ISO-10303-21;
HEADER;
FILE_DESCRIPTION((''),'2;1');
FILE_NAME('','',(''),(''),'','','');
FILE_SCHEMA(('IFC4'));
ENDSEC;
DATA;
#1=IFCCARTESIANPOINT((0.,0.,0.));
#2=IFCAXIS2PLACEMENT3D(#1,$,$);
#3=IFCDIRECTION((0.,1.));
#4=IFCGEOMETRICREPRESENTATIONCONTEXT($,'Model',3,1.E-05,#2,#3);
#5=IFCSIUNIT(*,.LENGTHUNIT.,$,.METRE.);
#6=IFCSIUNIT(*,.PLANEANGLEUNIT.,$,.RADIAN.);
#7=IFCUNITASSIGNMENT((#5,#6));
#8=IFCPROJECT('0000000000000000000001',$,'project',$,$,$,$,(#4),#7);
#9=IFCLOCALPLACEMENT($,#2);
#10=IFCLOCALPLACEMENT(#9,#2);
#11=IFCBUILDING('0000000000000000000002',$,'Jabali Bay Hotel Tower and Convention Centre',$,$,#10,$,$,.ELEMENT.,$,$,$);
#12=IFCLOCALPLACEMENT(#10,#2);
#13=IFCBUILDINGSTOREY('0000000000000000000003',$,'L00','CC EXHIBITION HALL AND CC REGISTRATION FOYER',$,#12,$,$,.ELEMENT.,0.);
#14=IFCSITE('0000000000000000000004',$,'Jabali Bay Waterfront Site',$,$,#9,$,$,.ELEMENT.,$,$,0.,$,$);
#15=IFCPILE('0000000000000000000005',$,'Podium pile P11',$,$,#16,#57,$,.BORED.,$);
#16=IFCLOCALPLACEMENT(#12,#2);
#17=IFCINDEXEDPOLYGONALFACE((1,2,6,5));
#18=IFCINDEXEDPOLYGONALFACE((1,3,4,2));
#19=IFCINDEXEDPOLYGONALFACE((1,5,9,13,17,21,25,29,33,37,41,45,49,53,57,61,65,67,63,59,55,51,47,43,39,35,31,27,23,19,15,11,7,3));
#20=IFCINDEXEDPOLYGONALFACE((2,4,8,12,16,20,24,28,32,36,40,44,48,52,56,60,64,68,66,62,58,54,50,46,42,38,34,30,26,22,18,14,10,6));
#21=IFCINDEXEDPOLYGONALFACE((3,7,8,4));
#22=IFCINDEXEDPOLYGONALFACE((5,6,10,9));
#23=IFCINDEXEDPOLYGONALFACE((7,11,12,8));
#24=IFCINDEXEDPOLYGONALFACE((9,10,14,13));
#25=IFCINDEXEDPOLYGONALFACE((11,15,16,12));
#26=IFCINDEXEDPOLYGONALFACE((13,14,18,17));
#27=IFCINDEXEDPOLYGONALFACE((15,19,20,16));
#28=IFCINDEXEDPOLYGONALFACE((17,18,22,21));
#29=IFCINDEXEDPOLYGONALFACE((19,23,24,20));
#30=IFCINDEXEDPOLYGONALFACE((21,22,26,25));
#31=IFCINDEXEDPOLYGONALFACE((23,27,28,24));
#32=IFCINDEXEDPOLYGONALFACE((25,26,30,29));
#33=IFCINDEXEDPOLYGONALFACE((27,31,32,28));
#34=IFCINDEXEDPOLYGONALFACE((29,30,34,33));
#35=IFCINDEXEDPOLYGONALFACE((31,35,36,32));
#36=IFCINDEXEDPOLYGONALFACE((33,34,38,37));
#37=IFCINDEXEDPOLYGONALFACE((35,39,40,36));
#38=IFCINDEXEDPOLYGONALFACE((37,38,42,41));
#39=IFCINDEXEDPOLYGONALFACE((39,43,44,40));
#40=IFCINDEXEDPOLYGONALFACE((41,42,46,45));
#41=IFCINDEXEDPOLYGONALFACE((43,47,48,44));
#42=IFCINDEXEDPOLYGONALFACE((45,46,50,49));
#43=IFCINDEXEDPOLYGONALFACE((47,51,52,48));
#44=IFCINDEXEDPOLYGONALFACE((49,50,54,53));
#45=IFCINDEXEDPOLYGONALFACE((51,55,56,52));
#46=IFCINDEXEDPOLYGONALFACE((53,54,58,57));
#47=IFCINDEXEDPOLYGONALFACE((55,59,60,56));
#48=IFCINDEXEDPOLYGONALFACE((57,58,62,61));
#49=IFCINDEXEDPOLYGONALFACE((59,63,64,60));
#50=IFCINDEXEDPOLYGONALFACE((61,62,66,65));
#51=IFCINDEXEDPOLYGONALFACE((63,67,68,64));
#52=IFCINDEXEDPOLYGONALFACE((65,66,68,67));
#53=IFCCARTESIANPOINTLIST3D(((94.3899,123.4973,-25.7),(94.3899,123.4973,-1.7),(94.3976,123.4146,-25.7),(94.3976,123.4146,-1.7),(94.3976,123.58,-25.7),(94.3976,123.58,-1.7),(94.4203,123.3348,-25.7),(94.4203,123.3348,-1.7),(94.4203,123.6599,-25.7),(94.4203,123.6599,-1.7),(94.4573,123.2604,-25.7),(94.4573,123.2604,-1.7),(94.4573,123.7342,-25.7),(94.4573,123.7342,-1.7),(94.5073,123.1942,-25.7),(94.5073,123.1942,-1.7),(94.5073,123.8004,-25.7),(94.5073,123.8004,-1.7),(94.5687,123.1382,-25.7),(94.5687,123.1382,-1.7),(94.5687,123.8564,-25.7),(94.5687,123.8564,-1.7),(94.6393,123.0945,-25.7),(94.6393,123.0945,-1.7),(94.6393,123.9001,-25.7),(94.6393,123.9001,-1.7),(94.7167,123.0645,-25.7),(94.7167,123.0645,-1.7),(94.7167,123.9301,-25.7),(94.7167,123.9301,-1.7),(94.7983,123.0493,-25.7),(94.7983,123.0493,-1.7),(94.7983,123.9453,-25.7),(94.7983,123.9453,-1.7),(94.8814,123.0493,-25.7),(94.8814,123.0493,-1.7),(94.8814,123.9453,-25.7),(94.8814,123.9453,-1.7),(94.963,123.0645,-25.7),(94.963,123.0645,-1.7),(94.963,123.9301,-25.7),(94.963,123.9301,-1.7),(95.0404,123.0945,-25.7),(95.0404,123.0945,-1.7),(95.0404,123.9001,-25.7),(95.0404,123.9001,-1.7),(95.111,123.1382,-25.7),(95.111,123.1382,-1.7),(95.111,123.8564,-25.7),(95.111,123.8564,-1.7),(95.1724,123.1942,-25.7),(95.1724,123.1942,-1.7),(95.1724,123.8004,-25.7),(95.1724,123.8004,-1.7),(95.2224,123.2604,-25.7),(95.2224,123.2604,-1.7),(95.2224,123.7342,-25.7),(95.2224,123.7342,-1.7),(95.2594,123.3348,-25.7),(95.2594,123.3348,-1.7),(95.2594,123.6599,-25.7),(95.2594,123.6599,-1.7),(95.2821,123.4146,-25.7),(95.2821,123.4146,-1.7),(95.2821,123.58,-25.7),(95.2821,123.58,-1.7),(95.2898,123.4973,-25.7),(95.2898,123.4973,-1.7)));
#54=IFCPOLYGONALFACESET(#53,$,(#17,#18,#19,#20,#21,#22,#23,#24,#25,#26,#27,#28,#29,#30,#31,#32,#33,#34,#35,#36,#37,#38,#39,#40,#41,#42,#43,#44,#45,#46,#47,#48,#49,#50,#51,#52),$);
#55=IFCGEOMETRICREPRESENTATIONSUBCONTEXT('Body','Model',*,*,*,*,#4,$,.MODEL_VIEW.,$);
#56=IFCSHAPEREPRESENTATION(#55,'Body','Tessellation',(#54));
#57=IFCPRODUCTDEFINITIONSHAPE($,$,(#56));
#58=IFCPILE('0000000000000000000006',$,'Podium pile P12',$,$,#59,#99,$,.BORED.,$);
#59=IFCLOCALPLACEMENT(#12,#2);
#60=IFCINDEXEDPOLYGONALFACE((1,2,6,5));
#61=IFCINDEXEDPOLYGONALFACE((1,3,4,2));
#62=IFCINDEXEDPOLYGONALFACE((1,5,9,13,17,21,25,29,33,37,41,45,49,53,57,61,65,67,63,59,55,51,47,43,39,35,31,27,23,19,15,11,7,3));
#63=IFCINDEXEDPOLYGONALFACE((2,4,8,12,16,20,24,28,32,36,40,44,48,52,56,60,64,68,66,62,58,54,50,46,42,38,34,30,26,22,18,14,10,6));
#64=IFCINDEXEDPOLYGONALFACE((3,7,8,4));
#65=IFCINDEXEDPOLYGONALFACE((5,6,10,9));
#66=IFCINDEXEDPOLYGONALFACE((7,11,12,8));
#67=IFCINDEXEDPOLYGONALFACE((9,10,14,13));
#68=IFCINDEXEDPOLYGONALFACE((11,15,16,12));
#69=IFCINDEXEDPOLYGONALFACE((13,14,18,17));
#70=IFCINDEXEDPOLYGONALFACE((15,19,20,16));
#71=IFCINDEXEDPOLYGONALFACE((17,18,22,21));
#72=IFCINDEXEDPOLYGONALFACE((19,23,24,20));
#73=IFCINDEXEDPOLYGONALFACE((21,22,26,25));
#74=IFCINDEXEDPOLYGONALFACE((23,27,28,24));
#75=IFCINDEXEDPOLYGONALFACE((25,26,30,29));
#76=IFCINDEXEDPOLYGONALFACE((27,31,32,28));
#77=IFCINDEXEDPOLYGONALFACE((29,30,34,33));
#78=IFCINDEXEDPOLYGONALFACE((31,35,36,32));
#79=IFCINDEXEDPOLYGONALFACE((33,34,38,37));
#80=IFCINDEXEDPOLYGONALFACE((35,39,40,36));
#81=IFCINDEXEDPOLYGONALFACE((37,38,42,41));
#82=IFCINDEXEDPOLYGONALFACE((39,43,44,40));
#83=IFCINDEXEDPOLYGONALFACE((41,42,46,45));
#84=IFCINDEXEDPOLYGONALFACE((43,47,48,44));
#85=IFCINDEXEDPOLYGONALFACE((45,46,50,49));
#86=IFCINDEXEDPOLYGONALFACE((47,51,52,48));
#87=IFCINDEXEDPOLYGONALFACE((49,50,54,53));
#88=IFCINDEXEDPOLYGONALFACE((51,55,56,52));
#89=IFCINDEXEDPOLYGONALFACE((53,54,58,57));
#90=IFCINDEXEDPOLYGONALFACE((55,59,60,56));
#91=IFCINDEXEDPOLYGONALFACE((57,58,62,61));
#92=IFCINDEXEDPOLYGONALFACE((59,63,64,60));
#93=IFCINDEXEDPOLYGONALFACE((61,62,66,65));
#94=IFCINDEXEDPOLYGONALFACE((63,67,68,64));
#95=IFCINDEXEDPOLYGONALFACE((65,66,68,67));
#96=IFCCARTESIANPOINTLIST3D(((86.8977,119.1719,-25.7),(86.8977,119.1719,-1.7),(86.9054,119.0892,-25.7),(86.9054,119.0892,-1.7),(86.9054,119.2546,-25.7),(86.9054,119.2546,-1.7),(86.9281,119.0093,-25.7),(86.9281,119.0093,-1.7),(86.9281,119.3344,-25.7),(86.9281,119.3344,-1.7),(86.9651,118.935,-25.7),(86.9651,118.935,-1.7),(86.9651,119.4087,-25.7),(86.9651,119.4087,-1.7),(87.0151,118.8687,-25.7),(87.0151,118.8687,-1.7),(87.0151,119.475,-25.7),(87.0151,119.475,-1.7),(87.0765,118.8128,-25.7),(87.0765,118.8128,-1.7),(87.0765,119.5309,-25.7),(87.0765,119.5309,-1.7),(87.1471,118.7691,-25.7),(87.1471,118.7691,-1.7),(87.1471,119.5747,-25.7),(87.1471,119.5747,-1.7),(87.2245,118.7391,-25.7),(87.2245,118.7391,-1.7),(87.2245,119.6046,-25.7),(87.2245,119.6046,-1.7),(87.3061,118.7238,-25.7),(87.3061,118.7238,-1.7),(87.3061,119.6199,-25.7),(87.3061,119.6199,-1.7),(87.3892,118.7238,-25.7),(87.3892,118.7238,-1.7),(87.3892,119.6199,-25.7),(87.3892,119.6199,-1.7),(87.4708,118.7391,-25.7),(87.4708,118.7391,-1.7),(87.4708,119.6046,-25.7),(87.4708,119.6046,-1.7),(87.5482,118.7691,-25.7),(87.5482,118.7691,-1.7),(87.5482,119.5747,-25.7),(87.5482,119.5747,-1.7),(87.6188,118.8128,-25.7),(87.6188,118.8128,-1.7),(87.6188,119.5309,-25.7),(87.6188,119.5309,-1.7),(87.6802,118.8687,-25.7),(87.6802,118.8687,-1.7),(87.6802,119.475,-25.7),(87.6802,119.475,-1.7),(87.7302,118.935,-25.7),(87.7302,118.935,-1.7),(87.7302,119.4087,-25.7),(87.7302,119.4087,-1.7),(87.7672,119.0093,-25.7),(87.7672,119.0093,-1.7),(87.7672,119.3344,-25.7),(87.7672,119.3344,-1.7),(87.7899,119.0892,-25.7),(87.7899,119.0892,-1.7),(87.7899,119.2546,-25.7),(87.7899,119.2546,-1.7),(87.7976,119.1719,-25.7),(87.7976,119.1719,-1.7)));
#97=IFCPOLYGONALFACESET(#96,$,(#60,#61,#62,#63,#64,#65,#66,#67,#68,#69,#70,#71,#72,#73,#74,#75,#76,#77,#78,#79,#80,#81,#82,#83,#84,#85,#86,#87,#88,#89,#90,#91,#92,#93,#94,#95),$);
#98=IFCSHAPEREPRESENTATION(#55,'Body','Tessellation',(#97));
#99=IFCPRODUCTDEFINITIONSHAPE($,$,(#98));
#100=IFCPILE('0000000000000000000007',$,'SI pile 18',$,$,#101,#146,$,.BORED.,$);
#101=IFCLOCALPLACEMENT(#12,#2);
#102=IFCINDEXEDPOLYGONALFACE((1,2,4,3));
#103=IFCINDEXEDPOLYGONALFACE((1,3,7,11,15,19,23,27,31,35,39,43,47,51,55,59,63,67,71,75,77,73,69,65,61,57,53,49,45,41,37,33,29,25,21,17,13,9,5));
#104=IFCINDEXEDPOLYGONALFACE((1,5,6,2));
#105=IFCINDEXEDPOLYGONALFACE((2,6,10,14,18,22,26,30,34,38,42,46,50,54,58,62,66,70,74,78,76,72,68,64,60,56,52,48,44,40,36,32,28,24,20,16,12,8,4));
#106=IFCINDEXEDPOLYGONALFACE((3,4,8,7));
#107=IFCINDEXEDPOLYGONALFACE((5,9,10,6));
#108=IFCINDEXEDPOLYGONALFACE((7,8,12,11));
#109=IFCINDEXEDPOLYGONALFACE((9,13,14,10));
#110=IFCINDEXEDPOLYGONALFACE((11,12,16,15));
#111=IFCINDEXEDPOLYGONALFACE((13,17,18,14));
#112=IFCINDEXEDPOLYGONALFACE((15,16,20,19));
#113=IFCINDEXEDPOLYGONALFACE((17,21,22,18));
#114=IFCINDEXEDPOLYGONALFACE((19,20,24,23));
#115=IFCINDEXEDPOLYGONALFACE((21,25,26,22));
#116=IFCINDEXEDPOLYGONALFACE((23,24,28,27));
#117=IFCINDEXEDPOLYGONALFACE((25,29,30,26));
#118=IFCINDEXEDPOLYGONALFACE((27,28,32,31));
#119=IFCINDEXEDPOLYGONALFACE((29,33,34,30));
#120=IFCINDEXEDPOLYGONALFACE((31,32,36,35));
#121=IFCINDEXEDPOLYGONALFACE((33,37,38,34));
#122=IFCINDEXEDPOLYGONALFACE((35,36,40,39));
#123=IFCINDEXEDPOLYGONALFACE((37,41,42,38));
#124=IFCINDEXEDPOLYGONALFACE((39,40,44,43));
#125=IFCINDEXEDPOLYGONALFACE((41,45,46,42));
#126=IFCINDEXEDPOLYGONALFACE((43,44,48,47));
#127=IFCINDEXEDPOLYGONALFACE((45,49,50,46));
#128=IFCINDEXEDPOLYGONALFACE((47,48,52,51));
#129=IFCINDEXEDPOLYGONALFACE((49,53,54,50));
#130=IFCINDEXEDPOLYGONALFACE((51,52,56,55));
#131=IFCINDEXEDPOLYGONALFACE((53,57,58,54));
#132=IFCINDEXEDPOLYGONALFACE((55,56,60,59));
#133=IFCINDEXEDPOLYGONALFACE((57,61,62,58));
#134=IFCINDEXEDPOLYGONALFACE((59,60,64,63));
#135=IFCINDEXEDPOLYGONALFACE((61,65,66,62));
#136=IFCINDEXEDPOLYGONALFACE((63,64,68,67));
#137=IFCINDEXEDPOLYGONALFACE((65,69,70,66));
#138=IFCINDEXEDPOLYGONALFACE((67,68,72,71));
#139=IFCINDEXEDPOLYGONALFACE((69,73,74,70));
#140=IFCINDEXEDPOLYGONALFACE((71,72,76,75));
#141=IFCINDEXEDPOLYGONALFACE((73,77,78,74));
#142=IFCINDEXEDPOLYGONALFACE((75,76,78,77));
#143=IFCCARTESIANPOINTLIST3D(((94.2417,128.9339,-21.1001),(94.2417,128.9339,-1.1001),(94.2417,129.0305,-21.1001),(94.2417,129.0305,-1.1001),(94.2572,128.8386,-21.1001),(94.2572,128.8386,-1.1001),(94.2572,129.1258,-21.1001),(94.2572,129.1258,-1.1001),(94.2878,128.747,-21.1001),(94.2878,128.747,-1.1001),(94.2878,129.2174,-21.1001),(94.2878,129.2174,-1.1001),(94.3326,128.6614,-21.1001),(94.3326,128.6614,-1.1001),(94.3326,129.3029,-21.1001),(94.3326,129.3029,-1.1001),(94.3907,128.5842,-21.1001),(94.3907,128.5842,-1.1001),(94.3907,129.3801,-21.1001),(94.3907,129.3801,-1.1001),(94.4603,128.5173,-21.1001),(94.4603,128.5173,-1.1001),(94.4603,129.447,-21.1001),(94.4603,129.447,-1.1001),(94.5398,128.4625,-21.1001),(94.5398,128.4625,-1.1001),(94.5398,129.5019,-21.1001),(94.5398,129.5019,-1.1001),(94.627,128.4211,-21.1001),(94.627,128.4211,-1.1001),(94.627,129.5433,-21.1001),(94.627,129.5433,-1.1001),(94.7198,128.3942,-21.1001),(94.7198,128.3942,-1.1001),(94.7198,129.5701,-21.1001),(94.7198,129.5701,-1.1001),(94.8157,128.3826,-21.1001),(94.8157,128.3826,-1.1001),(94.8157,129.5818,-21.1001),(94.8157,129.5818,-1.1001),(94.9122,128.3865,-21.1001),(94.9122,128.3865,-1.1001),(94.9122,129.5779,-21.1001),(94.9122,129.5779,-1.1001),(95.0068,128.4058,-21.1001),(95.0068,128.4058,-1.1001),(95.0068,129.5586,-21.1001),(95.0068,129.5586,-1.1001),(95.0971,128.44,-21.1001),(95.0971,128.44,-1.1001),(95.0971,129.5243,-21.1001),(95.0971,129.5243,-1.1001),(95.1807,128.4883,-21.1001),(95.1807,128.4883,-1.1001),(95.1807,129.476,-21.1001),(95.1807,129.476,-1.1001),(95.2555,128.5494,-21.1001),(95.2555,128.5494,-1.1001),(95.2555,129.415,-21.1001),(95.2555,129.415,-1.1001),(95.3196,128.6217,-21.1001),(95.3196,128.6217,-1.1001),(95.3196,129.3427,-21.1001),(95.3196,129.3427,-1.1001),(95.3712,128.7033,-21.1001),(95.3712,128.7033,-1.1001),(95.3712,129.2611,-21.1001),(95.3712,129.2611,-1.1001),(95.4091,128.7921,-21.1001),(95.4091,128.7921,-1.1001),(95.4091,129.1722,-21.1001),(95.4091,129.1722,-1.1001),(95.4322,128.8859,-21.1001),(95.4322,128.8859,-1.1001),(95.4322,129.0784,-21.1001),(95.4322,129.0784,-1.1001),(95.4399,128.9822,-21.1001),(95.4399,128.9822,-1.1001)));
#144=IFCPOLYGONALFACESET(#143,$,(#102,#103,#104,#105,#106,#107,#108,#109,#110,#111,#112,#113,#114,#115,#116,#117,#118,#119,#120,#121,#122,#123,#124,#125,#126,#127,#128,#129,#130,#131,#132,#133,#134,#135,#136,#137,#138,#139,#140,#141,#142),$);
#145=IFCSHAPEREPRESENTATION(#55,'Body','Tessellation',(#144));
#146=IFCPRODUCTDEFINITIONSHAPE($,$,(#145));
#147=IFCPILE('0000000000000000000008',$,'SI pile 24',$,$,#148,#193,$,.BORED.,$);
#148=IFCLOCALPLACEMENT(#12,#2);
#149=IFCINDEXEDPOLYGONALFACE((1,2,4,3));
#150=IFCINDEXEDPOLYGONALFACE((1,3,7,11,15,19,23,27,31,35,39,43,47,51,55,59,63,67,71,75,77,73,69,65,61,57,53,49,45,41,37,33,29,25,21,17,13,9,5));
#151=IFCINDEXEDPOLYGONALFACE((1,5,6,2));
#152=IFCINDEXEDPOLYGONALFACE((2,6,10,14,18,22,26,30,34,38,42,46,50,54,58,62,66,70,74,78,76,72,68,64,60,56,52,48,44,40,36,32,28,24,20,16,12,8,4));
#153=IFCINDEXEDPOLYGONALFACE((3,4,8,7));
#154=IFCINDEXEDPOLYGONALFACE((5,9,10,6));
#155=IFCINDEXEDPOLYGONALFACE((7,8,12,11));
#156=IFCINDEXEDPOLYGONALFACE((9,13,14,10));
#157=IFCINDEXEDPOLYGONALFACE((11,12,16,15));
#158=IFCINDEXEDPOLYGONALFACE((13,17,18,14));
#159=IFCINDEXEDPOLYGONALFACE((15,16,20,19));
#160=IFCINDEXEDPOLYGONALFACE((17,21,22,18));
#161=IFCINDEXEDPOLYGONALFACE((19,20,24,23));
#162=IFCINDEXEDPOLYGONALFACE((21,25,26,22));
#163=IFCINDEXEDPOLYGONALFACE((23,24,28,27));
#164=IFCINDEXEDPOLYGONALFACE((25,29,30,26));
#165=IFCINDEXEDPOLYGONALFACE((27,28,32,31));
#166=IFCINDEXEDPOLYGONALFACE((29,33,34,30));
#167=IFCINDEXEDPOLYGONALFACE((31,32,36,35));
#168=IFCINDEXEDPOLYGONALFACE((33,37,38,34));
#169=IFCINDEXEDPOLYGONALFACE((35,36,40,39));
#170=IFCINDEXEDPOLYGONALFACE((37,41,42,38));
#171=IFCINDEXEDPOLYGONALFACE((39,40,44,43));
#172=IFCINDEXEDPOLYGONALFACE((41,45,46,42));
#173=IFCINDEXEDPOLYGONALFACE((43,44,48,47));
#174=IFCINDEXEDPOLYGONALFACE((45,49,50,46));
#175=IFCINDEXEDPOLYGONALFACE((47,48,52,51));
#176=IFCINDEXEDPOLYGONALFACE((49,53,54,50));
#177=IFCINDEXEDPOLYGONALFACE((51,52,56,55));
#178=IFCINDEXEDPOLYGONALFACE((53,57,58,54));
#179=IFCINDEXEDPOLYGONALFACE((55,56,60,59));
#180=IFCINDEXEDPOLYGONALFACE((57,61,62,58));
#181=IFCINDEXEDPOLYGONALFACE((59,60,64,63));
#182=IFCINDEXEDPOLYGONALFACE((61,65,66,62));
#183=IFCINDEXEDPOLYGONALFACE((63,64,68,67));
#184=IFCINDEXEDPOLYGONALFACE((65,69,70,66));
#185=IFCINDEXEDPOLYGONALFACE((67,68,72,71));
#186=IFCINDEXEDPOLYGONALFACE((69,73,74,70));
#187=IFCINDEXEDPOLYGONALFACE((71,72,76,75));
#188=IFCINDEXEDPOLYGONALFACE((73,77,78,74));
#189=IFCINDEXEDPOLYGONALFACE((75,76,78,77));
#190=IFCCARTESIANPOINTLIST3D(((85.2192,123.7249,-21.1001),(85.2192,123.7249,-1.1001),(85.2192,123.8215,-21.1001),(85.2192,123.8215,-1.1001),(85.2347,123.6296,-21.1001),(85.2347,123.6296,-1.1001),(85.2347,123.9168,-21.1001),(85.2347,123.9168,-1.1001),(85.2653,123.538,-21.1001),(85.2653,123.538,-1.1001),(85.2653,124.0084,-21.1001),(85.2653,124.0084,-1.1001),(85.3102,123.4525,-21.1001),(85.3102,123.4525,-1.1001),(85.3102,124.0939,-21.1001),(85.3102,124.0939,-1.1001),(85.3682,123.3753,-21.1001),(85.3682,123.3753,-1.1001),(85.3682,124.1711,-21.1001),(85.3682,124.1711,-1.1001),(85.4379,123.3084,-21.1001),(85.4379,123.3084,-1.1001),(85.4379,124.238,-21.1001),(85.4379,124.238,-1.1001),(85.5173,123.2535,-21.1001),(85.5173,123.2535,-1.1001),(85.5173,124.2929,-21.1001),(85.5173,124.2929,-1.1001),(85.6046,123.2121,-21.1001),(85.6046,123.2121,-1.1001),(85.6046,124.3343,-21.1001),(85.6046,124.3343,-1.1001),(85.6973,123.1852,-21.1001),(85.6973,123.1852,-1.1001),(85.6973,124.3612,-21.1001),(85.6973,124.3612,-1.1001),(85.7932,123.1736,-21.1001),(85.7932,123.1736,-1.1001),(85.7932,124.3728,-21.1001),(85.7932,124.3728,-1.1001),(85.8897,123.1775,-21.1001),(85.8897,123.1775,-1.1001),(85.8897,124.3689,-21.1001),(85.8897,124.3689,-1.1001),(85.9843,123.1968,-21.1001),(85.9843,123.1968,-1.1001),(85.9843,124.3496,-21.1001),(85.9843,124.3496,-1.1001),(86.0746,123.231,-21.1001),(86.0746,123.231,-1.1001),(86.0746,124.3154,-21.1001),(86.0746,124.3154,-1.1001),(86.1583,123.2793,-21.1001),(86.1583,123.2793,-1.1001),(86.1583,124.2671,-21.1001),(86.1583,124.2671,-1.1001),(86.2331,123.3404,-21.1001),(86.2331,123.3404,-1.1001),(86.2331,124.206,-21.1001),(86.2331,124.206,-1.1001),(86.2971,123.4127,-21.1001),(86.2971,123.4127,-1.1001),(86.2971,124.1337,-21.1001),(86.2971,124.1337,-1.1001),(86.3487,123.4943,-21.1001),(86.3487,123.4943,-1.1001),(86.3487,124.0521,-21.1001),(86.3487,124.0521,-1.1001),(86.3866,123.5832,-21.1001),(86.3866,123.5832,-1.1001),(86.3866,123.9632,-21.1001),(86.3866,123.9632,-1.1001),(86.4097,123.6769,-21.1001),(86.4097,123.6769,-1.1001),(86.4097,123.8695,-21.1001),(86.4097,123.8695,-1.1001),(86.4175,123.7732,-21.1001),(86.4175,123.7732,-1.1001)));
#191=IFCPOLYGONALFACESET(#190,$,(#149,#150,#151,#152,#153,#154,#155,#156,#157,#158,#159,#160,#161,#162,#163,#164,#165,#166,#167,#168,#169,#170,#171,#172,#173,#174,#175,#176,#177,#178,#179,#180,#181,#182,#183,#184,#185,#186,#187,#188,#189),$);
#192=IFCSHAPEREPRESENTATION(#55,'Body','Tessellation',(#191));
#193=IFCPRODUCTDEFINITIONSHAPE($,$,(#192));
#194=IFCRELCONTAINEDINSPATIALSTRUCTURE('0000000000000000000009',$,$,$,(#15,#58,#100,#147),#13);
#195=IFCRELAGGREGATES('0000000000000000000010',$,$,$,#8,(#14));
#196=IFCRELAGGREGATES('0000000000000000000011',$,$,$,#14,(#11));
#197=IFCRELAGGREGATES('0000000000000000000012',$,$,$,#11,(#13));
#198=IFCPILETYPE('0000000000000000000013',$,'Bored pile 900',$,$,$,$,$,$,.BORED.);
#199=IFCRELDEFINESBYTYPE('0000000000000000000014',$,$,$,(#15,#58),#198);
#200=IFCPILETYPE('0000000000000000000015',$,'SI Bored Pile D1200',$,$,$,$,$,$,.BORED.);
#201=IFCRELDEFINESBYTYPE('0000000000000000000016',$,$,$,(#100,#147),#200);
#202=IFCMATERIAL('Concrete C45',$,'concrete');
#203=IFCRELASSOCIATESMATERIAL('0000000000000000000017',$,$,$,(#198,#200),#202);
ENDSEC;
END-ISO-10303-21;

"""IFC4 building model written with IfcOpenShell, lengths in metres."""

from ifc_helpers import new_model, si_unit, direction, frame, origin, origin_2d, place, context, subcontext, project, spatial, circle, extrude, material, material_profile, profile_set, type_object, element, save


model = new_model("IFC4")

# Units and contexts
model_context = context("Model", 3, precision=1e-05, world=origin(), true_north=direction((0.0, 1.0)))
body_context = subcontext(model_context, "Body", "Model", "MODEL_VIEW")
ifc_project = project(units=[si_unit("LENGTHUNIT", "METRE"), si_unit("PLANEANGLEUNIT", "RADIAN")], contexts=[model_context])

# Site, building, storey
site_placement = place(None, origin())
site = spatial("IfcSite", under=ifc_project, at=site_placement, Name="Jabali Bay Waterfront Site", CompositionType="ELEMENT", RefElevation=0.0)
building_placement = place(site_placement, origin())
building = spatial("IfcBuilding", under=site, at=building_placement, Name="Jabali Bay Hotel Tower and Convention Centre", CompositionType="ELEMENT")
storey_placement = place(building_placement, origin())
storey = spatial("IfcBuildingStorey", under=building, at=storey_placement, Name="L00", Description="CC EXHIBITION HALL AND CC REGISTRATION FOYER", CompositionType="ELEMENT", Elevation=0.0)

# Piles
ifc_material_1 = material(Name="Concrete C45", Category="concrete")
ifc_material_profile_1 = material_profile(ifc_material_1, circle(Radius=0.45, at=origin_2d()), Name="Bored pile 900")
ifc_profile_set_1 = profile_set([ifc_material_profile_1], Name="Concrete C45")
pile_type_1 = type_object("IfcPileType", Name="Bored pile 900", PredefinedType="BORED", material=ifc_profile_set_1)
for number, where, z_axis, x_axis, name in (
    (1, (94.8398, 123.4973, -1.7), (0.0, 0.0, -1.0), (1.0, 0.0, 0.0), "Podium pile P11"),
    (2, (87.3477, 119.1719, -1.7), (0.0, 0.0, -1.0), (1.0, 0.0, 0.0), "Podium pile P12"),
):
    element("IfcPile", number, at=place(storey_placement, frame(where, z_axis=z_axis, x_axis=x_axis)), inside=storey, type_object=pile_type_1, Name=name, PredefinedType="BORED", context=body_context, shape_type="SweptSolid", body=[
        extrude(circle(Radius=0.45, at=origin_2d()), origin(), (0.0, 0.0, 1.0), 24.0),
    ])
ifc_material_profile_2 = material_profile(ifc_material_1, circle(Radius=0.6001, at=origin_2d()), Name="D1200")
ifc_profile_set_2 = profile_set([ifc_material_profile_2], Name="Concrete C45")
pile_type_2 = type_object("IfcPileType", Name="SI Bored Pile D1200", PredefinedType="BORED", material=ifc_profile_set_2)
for number, where, z_axis, x_axis, name in (
    (3, (94.8398, 128.9822, -1.1001), (0.0, 0.0, -1.0), (1.0, 0.0, 0.0), "SI pile 18"),
    (4, (85.8174, 123.7732, -1.1001), (0.0, 0.0, -1.0), (1.0, 0.0, 0.0), "SI pile 24"),
):
    element("IfcPile", number, at=place(storey_placement, frame(where, z_axis=z_axis, x_axis=x_axis)), inside=storey, type_object=pile_type_2, Name=name, PredefinedType="BORED", context=body_context, shape_type="SweptSolid", body=[
        extrude(circle(Radius=0.6001, at=origin_2d()), origin(), (0.0, 0.0, 1.0), 20.0),
    ])

save(model, "model.ifc")
